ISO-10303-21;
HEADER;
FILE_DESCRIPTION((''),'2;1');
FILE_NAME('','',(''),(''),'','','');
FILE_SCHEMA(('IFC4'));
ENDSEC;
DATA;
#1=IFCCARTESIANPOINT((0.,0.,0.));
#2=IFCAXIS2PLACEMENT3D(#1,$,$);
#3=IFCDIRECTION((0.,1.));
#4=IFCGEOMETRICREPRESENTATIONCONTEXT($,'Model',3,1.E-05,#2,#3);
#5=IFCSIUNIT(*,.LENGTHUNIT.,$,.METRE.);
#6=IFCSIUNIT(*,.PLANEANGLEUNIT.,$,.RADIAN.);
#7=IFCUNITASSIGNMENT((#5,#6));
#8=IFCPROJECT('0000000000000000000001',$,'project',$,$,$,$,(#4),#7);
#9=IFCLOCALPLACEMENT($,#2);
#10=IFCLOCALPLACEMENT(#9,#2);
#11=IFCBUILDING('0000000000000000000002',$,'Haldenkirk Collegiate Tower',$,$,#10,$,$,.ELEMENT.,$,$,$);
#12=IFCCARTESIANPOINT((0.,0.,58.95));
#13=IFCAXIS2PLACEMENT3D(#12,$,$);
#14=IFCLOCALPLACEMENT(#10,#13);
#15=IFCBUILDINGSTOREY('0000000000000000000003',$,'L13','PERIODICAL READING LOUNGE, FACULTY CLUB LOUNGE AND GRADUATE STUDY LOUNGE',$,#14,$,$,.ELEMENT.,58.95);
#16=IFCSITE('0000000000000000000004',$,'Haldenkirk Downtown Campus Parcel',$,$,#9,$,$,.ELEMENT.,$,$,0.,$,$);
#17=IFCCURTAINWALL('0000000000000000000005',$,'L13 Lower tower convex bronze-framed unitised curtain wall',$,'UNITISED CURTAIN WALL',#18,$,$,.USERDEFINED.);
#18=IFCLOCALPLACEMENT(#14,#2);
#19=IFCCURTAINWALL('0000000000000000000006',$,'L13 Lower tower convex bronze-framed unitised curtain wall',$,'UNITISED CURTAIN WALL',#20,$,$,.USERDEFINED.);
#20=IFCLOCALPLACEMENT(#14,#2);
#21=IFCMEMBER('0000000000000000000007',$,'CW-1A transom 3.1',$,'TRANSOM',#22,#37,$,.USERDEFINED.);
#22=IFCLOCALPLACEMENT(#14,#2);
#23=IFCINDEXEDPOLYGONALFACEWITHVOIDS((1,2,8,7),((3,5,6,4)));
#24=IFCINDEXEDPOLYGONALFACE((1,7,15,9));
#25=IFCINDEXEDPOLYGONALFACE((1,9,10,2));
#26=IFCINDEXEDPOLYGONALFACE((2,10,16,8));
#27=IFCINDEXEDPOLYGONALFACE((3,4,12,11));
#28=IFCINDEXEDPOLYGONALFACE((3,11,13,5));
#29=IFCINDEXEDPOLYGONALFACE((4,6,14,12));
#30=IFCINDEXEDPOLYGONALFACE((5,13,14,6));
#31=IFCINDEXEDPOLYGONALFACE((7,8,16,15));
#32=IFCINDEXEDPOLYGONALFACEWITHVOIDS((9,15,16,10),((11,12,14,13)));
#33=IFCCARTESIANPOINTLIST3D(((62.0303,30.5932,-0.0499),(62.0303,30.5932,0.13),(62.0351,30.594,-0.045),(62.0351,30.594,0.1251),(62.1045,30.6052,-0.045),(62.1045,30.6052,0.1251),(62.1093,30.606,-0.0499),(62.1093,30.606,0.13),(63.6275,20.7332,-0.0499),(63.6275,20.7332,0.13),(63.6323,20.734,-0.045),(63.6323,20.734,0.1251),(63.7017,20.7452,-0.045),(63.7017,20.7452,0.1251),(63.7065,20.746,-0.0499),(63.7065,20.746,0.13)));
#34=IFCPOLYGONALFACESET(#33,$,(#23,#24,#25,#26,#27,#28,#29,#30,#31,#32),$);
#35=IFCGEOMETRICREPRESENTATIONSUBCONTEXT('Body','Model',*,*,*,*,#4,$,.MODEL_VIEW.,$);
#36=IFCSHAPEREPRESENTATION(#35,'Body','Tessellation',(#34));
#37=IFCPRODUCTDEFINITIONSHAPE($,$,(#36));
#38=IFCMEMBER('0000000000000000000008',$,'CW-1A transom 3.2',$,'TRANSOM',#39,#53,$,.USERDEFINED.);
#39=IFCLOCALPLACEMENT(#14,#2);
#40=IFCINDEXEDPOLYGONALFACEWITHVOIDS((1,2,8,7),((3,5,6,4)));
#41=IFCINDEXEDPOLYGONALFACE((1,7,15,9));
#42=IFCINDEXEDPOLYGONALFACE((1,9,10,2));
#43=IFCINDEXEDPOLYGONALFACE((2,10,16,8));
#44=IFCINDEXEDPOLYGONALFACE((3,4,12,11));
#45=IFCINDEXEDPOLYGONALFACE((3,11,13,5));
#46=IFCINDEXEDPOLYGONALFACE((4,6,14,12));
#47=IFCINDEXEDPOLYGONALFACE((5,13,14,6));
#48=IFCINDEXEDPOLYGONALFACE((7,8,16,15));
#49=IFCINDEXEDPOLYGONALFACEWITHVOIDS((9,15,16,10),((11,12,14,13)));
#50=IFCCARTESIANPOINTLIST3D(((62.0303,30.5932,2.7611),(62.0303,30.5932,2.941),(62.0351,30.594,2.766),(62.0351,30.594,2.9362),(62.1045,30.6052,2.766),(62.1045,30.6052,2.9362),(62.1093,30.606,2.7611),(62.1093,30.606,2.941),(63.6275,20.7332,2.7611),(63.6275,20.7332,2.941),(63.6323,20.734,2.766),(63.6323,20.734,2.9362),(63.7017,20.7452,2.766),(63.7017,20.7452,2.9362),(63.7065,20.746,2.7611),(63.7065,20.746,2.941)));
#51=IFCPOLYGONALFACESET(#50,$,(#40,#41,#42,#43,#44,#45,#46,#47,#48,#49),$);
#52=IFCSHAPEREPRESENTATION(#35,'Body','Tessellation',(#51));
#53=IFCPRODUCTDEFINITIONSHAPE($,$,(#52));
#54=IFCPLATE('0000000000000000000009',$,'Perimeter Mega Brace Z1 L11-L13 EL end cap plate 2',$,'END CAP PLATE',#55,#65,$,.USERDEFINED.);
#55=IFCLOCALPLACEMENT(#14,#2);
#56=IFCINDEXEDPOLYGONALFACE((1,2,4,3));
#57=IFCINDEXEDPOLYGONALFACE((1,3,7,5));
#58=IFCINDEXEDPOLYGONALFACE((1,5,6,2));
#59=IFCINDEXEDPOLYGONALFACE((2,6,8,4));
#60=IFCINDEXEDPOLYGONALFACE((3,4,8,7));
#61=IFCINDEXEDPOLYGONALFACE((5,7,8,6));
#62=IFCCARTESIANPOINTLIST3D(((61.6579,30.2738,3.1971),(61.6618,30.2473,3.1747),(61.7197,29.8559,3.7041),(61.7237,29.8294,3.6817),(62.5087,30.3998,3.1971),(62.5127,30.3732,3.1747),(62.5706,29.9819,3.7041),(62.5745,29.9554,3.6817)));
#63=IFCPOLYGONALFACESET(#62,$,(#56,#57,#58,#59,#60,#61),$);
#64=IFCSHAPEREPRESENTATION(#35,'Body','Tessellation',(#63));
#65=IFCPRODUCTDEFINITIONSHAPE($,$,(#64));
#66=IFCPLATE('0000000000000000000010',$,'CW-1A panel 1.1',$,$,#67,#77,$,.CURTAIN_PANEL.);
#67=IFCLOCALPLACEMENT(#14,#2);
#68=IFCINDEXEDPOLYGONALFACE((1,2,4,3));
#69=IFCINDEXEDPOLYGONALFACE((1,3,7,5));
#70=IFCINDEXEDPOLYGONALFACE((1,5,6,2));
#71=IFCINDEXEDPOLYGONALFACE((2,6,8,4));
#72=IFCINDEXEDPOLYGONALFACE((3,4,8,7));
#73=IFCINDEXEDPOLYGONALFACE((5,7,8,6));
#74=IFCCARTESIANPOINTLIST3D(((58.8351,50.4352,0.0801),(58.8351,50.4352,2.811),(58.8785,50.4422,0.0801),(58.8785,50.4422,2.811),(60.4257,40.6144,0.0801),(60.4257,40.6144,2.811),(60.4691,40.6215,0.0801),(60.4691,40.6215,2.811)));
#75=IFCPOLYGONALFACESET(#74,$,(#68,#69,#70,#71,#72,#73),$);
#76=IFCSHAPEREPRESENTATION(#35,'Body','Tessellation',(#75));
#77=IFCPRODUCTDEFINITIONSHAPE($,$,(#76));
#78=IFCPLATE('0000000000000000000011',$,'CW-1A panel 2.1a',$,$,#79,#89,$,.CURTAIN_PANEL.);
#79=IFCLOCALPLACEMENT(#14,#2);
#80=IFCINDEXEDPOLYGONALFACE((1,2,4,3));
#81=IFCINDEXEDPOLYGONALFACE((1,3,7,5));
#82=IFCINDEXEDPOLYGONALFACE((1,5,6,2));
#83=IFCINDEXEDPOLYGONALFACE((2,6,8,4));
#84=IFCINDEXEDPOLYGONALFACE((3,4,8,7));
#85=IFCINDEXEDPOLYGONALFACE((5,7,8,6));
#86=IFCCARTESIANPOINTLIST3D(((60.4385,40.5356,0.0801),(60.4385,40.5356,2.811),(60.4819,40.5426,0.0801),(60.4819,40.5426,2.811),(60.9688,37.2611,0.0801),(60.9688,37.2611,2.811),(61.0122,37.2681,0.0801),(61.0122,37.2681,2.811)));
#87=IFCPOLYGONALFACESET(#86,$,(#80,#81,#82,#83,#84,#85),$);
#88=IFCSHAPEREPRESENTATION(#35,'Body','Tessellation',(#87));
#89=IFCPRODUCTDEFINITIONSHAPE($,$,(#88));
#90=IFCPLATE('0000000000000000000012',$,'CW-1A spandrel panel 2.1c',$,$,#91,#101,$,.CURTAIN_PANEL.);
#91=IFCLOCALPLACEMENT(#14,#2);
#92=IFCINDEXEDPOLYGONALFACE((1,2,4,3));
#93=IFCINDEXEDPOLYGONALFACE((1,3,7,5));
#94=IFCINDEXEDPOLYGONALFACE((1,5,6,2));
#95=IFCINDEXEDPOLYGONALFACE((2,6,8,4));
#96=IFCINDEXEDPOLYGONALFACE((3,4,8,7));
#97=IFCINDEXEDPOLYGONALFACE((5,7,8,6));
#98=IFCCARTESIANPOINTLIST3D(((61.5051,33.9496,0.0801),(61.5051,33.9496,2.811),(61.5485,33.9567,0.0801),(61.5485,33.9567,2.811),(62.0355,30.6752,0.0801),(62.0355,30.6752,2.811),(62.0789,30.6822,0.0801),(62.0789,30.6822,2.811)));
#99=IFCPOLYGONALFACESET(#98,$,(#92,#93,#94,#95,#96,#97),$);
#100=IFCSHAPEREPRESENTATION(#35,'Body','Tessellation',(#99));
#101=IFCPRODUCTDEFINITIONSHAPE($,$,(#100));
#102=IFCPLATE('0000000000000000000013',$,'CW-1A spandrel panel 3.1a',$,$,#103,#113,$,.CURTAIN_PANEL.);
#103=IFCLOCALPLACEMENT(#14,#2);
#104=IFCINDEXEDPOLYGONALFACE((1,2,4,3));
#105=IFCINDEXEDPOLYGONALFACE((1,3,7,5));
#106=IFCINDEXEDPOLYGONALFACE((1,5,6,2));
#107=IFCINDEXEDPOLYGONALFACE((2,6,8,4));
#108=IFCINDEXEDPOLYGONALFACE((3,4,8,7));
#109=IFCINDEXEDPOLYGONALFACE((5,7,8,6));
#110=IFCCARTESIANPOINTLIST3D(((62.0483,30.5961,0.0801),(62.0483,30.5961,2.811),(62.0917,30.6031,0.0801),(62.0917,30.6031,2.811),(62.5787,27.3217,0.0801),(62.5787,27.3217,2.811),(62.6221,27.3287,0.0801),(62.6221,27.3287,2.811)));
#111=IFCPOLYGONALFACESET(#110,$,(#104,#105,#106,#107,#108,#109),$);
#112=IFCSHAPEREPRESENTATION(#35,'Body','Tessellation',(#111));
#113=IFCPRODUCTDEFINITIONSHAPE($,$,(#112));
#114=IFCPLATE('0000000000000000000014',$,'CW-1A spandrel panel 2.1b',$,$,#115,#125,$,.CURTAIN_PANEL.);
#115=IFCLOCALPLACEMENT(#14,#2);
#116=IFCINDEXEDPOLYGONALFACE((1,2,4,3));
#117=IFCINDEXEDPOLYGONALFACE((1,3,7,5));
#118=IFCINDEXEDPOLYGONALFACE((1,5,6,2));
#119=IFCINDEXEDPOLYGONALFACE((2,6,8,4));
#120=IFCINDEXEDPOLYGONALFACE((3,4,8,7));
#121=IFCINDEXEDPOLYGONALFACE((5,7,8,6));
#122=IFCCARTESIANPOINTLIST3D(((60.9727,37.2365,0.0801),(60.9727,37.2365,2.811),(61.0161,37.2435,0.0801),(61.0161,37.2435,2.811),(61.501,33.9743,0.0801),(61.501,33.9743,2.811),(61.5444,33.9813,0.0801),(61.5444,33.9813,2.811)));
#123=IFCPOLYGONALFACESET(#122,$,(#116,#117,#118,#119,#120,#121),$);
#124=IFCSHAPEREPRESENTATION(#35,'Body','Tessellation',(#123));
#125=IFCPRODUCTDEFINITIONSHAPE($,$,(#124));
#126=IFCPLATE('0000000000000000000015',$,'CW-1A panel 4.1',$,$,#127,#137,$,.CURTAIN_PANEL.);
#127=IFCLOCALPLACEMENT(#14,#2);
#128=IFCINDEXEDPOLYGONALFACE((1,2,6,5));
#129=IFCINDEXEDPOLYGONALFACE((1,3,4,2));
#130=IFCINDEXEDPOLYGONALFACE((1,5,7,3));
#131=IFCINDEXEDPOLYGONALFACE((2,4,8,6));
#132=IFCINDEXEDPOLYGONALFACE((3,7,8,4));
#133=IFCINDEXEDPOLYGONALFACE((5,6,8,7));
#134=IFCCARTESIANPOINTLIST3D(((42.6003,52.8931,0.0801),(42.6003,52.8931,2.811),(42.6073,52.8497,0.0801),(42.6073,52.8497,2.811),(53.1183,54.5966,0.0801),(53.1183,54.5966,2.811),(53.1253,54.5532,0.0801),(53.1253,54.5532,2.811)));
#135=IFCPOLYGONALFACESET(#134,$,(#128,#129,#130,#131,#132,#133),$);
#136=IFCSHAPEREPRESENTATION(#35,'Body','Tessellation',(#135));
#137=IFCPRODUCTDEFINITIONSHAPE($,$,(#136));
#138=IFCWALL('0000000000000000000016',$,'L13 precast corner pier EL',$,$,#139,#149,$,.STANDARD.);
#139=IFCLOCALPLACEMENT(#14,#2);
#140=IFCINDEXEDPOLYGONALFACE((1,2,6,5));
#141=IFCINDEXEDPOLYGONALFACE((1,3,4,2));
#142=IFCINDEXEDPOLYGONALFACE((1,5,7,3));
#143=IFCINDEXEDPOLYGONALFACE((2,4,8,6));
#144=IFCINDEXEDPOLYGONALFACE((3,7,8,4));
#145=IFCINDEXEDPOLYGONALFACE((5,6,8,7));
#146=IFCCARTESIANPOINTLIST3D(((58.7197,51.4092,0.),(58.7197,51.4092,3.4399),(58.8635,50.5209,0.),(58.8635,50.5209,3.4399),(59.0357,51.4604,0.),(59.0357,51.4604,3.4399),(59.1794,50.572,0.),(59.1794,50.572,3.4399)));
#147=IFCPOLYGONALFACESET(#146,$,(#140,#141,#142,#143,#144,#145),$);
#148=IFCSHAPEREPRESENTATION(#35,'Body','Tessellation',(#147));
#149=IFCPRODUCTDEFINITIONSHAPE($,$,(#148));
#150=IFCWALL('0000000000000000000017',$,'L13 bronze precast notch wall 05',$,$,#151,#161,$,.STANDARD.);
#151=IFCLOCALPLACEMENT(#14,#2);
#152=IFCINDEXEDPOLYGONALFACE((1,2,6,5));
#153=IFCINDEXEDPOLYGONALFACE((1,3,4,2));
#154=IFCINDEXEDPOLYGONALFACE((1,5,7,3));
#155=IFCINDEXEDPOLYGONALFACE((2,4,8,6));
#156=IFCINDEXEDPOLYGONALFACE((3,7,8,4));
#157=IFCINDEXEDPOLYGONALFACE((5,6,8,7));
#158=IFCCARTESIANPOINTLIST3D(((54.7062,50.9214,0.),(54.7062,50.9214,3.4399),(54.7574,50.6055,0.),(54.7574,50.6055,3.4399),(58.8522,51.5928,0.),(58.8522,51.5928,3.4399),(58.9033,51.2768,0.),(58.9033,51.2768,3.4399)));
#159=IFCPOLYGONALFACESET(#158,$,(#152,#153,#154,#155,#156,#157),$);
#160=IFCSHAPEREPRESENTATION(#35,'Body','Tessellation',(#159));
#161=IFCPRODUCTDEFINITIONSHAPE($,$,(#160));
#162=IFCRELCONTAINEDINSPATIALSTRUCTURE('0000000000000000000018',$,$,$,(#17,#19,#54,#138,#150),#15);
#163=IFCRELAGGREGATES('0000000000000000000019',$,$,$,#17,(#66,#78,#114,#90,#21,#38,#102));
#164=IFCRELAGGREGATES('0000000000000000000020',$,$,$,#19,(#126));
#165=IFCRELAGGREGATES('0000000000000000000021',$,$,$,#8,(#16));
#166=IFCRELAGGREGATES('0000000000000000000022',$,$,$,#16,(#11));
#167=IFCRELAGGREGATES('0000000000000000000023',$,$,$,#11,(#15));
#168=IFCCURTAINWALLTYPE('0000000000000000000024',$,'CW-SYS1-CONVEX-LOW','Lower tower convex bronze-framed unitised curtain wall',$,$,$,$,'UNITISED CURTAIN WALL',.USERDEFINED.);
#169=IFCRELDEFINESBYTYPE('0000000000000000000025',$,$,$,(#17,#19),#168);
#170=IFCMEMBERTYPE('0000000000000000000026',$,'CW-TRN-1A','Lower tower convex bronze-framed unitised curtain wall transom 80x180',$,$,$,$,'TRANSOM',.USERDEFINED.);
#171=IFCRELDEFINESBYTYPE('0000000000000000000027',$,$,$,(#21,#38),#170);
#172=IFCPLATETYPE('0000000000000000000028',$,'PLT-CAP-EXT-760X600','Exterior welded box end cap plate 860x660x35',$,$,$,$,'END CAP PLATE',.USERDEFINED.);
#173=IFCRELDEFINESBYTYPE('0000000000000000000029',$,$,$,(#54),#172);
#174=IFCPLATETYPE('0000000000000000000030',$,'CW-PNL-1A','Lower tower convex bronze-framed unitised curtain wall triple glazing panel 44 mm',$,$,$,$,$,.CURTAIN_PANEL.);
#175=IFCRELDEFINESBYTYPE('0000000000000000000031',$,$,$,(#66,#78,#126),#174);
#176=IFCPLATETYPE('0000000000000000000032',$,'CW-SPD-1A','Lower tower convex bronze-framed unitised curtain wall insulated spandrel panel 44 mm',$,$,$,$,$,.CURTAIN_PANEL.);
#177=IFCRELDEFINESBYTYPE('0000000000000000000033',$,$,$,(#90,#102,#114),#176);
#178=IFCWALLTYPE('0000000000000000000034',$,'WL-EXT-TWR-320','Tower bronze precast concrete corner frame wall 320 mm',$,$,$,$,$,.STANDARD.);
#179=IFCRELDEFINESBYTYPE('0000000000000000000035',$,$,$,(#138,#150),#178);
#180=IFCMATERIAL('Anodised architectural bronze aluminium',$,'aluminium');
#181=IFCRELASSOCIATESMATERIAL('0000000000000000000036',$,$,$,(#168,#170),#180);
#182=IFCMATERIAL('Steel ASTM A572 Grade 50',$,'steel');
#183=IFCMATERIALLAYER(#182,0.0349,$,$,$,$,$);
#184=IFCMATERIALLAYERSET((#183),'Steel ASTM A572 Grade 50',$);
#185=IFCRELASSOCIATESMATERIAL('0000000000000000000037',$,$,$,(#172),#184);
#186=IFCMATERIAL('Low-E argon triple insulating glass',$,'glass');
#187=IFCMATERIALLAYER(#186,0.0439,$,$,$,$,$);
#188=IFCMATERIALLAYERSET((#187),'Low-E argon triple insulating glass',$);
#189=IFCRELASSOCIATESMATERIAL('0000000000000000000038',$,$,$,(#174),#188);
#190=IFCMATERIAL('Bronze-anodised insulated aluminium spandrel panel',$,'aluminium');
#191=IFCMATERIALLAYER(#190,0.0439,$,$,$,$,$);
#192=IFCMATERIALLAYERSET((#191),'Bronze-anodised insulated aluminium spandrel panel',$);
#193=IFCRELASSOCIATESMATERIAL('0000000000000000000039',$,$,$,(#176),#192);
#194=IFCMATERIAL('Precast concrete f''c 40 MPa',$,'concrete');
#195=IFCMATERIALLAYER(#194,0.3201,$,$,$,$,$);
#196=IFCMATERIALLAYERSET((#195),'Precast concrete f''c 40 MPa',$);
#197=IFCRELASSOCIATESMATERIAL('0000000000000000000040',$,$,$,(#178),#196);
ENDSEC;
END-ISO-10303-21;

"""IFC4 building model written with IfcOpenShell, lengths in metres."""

from ifc_helpers import new_model, si_unit, direction, frame, frame_2d, origin, origin_2d, place, context, subcontext, project, spatial, rectangle, hollow_rectangle, extrude, source, transform, mapped, material, layer, layer_set, material_profile, profile_set, type_object, element, aggregate, save


model = new_model("IFC4")

# Units and contexts
model_context = context("Model", 3, precision=1e-05, world=origin(), true_north=direction((0.0, 1.0)))
body_context = subcontext(model_context, "Body", "Model", "MODEL_VIEW")
ifc_project = project(units=[si_unit("LENGTHUNIT", "METRE"), si_unit("PLANEANGLEUNIT", "RADIAN")], contexts=[model_context])

# Site, building, storey
site_placement = place(None, origin())
site = spatial("IfcSite", under=ifc_project, at=site_placement, Name="Haldenkirk Downtown Campus Parcel", CompositionType="ELEMENT", RefElevation=0.0)
building_placement = place(site_placement, origin())
building = spatial("IfcBuilding", under=site, at=building_placement, Name="Haldenkirk Collegiate Tower", CompositionType="ELEMENT")
storey_placement = place(building_placement, frame((0.0, 0.0, 58.95)))
storey = spatial("IfcBuildingStorey", under=building, at=storey_placement, Name="L13", Description="PERIODICAL READING LOUNGE, FACULTY CLUB LOUNGE AND GRADUATE STUDY LOUNGE", CompositionType="ELEMENT", Elevation=58.95)

# Shared definitions
ifc_material_1 = material(Name="Steel ASTM A572 Grade 50", Category="steel")

# Curtain wall
ifc_material_2 = material(Name="Anodised architectural bronze aluminium", Category="aluminium")
curtain_wall_type = type_object("IfcCurtainWallType", Name="CW-SYS1-CONVEX-LOW", Description="Lower tower convex bronze-framed unitised curtain wall", ElementType="UNITISED CURTAIN WALL", PredefinedType="USERDEFINED", material=ifc_material_2)
curtain_wall_1_placement = place(storey_placement, origin())
curtain_wall_1 = element("IfcCurtainWall", 1, at=curtain_wall_1_placement, inside=storey, type_object=curtain_wall_type, Name="L13 Lower tower convex bronze-framed unitised curtain wall", ObjectType="UNITISED CURTAIN WALL", PredefinedType="USERDEFINED")

# Curtain wall
curtain_wall_2_placement = place(storey_placement, origin())
curtain_wall_2 = element("IfcCurtainWall", 2, at=curtain_wall_2_placement, inside=storey, type_object=curtain_wall_type, Name="L13 Lower tower convex bronze-framed unitised curtain wall", ObjectType="UNITISED CURTAIN WALL", PredefinedType="USERDEFINED")

# Members
ifc_material_profile_1 = material_profile(ifc_material_2, hollow_rectangle(XDim=0.0801, YDim=0.1799, WallThickness=0.0049, at=origin_2d()), Name="CW-TRN-1A")
ifc_profile_set_1 = profile_set([ifc_material_profile_1], Name="Anodised architectural bronze aluminium")
member_type_1 = type_object("IfcMemberType", Name="CW-TRN-1A", Description="Lower tower convex bronze-framed unitised curtain wall transom 80x180", ElementType="TRANSOM", PredefinedType="USERDEFINED", material=ifc_profile_set_1)
member_1_placement = place(storey_placement, frame((62.0698, 30.5996, 0.04), z_axis=(0.159899, -0.987133, 0.0), x_axis=(0.987133, 0.159899, 0.0)))
member_1 = element("IfcMember", 3, at=member_1_placement, type_object=member_type_1, Name="CW-1A transom 3.1", ObjectType="TRANSOM", PredefinedType="USERDEFINED", context=body_context, shape_type="SweptSolid", body=[
    extrude(hollow_rectangle(XDim=0.0801, YDim=0.1799, WallThickness=0.0049, at=origin_2d()), origin(), (0.0, 0.0, 1.0), 9.9885),
])
member_2_placement = place(storey_placement, frame((62.0698, 30.5996, 2.8511), z_axis=(0.159899, -0.987133, 0.0), x_axis=(0.987133, 0.159899, 0.0)))
member_2 = element("IfcMember", 4, at=member_2_placement, type_object=member_type_1, Name="CW-1A transom 3.2", ObjectType="TRANSOM", PredefinedType="USERDEFINED", context=body_context, shape_type="SweptSolid", body=[
    extrude(hollow_rectangle(XDim=0.0801, YDim=0.1799, WallThickness=0.0049, at=origin_2d()), origin(), (0.0, 0.0, 1.0), 9.9885),
])

# Plates
ifc_layer_1 = layer(ifc_material_1, 0.0349)
ifc_layer_set_1 = layer_set([ifc_layer_1], Name="Steel ASTM A572 Grade 50")
plate_type_1 = type_object("IfcPlateType", Name="PLT-CAP-EXT-760X600", Description="Exterior welded box end cap plate 860x660x35", ElementType="END CAP PLATE", PredefinedType="USERDEFINED", material=ifc_layer_set_1)
shared_shape_1 = source(origin(), body_context, "Body", "SweptSolid", [
    extrude(rectangle(XDim=0.8601, YDim=0.6599, at=origin_2d()), origin(), (0.0, 0.0, 1.0), 0.0349),
])
plate_1_placement = place(storey_placement, frame((62.1182, 30.1013, 3.4282), z_axis=(-0.112518, 0.760024, 0.640081), x_axis=(-0.989218, -0.146449, 0.0)))
element("IfcPlate", 5, at=plate_1_placement, inside=storey, type_object=plate_type_1, Name="Perimeter Mega Brace Z1 L11-L13 EL end cap plate 2", ObjectType="END CAP PLATE", PredefinedType="USERDEFINED", context=body_context, shape_type="MappedRepresentation", body=[
    mapped(shared_shape_1, transform((0.0, 0.0, 0.0), x_axis=(1.0, 0.0, 0.0), y_axis=(0.0, 1.0, 0.0), z_axis=(0.0, 0.0, 1.0), scale=1.0)),
])
ifc_material_3 = material(Name="Low-E argon triple insulating glass", Category="glass")
ifc_layer_2 = layer(ifc_material_3, 0.0439)
ifc_layer_set_2 = layer_set([ifc_layer_2], Name="Low-E argon triple insulating glass")
plate_type_2 = type_object("IfcPlateType", Name="CW-PNL-1A", Description="Lower tower convex bronze-framed unitised curtain wall triple glazing panel 44 mm", PredefinedType="CURTAIN_PANEL", material=ifc_layer_set_2)
shared_shape_2 = source(origin(), body_context, "Body", "SweptSolid", [
    extrude(rectangle(XDim=9.9487, YDim=0.0439, at=origin_2d()), origin(), (0.0, 0.0, 1.0), 2.731),
])
plate_2_placement = place(storey_placement, frame((59.6521, 45.5283, 0.0801), z_axis=(0.0, 0.0, 1.0), x_axis=(0.15988, -0.987136, 0.0)))
plate_2 = element("IfcPlate", 6, at=plate_2_placement, type_object=plate_type_2, Name="CW-1A panel 1.1", PredefinedType="CURTAIN_PANEL", context=body_context, shape_type="MappedRepresentation", body=[
    mapped(shared_shape_2, transform((0.0, 0.0, 0.0), x_axis=(1.0, 0.0, 0.0), y_axis=(0.0, 1.0, 0.0), z_axis=(0.0, 0.0, 1.0), scale=1.0)),
])
shared_shape_3 = source(origin(), body_context, "Body", "SweptSolid", [
    extrude(rectangle(XDim=3.3171, YDim=0.0439, at=origin_2d()), origin(), (0.0, 0.0, 1.0), 2.731),
])
plate_3_placement = place(storey_placement, frame((60.7253, 38.9019, 0.0801), z_axis=(0.0, 0.0, 1.0), x_axis=(0.15988, -0.987136, 0.0)))
plate_3 = element("IfcPlate", 7, at=plate_3_placement, type_object=plate_type_2, Name="CW-1A panel 2.1a", PredefinedType="CURTAIN_PANEL", context=body_context, shape_type="MappedRepresentation", body=[
    mapped(shared_shape_3, transform((0.0, 0.0, 0.0), x_axis=(1.0, 0.0, 0.0), y_axis=(0.0, 1.0, 0.0), z_axis=(0.0, 0.0, 1.0), scale=1.0)),
])
ifc_material_4 = material(Name="Bronze-anodised insulated aluminium spandrel panel", Category="aluminium")
ifc_layer_3 = layer(ifc_material_4, 0.0439)
ifc_layer_set_3 = layer_set([ifc_layer_3], Name="Bronze-anodised insulated aluminium spandrel panel")
plate_type_3 = type_object("IfcPlateType", Name="CW-SPD-1A", Description="Lower tower convex bronze-framed unitised curtain wall insulated spandrel panel 44 mm", PredefinedType="CURTAIN_PANEL", material=ifc_layer_set_3)
plate_4_placement = place(storey_placement, frame((61.792, 32.3159, 0.0801), z_axis=(0.0, 0.0, 1.0), x_axis=(0.15988, -0.987136, 0.0)))
plate_4 = element("IfcPlate", 8, at=plate_4_placement, type_object=plate_type_3, Name="CW-1A spandrel panel 2.1c", PredefinedType="CURTAIN_PANEL", context=body_context, shape_type="MappedRepresentation", body=[
    mapped(shared_shape_3, transform((0.0, 0.0, 0.0), x_axis=(1.0, 0.0, 0.0), y_axis=(0.0, 1.0, 0.0), z_axis=(0.0, 0.0, 1.0), scale=1.0)),
])
plate_5_placement = place(storey_placement, frame((62.3352, 28.9624, 0.0801), z_axis=(0.0, 0.0, 1.0), x_axis=(0.15988, -0.987136, 0.0)))
plate_5 = element("IfcPlate", 9, at=plate_5_placement, type_object=plate_type_3, Name="CW-1A spandrel panel 3.1a", PredefinedType="CURTAIN_PANEL", context=body_context, shape_type="MappedRepresentation", body=[
    mapped(shared_shape_3, transform((0.0, 0.0, 0.0), x_axis=(1.0, 0.0, 0.0), y_axis=(0.0, 1.0, 0.0), z_axis=(0.0, 0.0, 1.0), scale=1.0)),
])
shared_shape_4 = source(origin(), body_context, "Body", "SweptSolid", [
    extrude(rectangle(XDim=3.3047, YDim=0.0439, at=origin_2d()), origin(), (0.0, 0.0, 1.0), 2.731),
])
plate_6_placement = place(storey_placement, frame((61.2585, 35.6089, 0.0801), z_axis=(0.0, 0.0, 1.0), x_axis=(0.15988, -0.987136, 0.0)))
plate_6 = element("IfcPlate", 10, at=plate_6_placement, type_object=plate_type_3, Name="CW-1A spandrel panel 2.1b", PredefinedType="CURTAIN_PANEL", context=body_context, shape_type="MappedRepresentation", body=[
    mapped(shared_shape_4, transform((0.0, 0.0, 0.0), x_axis=(1.0, 0.0, 0.0), y_axis=(0.0, 1.0, 0.0), z_axis=(0.0, 0.0, 1.0), scale=1.0)),
])
aggregate(curtain_wall_1, [plate_2, plate_3, plate_6, plate_4, member_1, member_2, plate_5])
shared_shape_5 = source(origin(), body_context, "Body", "SweptSolid", [
    extrude(rectangle(XDim=10.655, YDim=0.0439, at=origin_2d()), origin(), (0.0, 0.0, 1.0), 2.731),
])
plate_7_placement = place(storey_placement, frame((47.8628, 53.7231, 0.0801), z_axis=(0.0, 0.0, 1.0), x_axis=(0.987136, 0.159881, 0.0)))
plate_7 = element("IfcPlate", 11, at=plate_7_placement, type_object=plate_type_2, Name="CW-1A panel 4.1", PredefinedType="CURTAIN_PANEL", context=body_context, shape_type="MappedRepresentation", body=[
    mapped(shared_shape_5, transform((0.0, 0.0, 0.0), x_axis=(1.0, 0.0, 0.0), y_axis=(0.0, 1.0, 0.0), z_axis=(0.0, 0.0, 1.0), scale=1.0)),
])
aggregate(curtain_wall_2, [plate_7])

# Walls
ifc_material_5 = material(Name="Precast concrete f'c 40 MPa", Category="concrete")
ifc_layer_4 = layer(ifc_material_5, 0.3201)
ifc_layer_set_4 = layer_set([ifc_layer_4], Name="Precast concrete f'c 40 MPa")
wall_type_1 = type_object("IfcWallType", Name="WL-EXT-TWR-320", Description="Tower bronze precast concrete corner frame wall 320 mm", PredefinedType="STANDARD", material=ifc_layer_set_4)
wall_1_placement = place(storey_placement, frame((58.8777, 51.4348, 0.0), z_axis=(0.0, 0.0, 1.0), x_axis=(0.159778, -0.987153, 0.0)))
element("IfcWall", 12, at=wall_1_placement, inside=storey, type_object=wall_type_1, Name="L13 precast corner pier EL", PredefinedType="STANDARD", context=body_context, shape_type="SweptSolid", body=[
    extrude(rectangle(XDim=0.8999, YDim=0.3201, at=frame_2d((0.45, 0.0))), origin(), (0.0, 0.0, 1.0), 3.4399),
])
wall_2_placement = place(storey_placement, frame((54.7317, 50.7634, 0.0), z_axis=(0.0, 0.0, 1.0), x_axis=(0.987141, 0.159854, 0.0)))
element("IfcWall", 13, at=wall_2_placement, inside=storey, type_object=wall_type_1, Name="L13 bronze precast notch wall 05", PredefinedType="STANDARD", context=body_context, shape_type="SweptSolid", body=[
    extrude(rectangle(XDim=4.2, YDim=0.3201, at=frame_2d((2.1001, 0.0))), origin(), (0.0, 0.0, 1.0), 3.4399),
])

save(model, "model.ifc")
